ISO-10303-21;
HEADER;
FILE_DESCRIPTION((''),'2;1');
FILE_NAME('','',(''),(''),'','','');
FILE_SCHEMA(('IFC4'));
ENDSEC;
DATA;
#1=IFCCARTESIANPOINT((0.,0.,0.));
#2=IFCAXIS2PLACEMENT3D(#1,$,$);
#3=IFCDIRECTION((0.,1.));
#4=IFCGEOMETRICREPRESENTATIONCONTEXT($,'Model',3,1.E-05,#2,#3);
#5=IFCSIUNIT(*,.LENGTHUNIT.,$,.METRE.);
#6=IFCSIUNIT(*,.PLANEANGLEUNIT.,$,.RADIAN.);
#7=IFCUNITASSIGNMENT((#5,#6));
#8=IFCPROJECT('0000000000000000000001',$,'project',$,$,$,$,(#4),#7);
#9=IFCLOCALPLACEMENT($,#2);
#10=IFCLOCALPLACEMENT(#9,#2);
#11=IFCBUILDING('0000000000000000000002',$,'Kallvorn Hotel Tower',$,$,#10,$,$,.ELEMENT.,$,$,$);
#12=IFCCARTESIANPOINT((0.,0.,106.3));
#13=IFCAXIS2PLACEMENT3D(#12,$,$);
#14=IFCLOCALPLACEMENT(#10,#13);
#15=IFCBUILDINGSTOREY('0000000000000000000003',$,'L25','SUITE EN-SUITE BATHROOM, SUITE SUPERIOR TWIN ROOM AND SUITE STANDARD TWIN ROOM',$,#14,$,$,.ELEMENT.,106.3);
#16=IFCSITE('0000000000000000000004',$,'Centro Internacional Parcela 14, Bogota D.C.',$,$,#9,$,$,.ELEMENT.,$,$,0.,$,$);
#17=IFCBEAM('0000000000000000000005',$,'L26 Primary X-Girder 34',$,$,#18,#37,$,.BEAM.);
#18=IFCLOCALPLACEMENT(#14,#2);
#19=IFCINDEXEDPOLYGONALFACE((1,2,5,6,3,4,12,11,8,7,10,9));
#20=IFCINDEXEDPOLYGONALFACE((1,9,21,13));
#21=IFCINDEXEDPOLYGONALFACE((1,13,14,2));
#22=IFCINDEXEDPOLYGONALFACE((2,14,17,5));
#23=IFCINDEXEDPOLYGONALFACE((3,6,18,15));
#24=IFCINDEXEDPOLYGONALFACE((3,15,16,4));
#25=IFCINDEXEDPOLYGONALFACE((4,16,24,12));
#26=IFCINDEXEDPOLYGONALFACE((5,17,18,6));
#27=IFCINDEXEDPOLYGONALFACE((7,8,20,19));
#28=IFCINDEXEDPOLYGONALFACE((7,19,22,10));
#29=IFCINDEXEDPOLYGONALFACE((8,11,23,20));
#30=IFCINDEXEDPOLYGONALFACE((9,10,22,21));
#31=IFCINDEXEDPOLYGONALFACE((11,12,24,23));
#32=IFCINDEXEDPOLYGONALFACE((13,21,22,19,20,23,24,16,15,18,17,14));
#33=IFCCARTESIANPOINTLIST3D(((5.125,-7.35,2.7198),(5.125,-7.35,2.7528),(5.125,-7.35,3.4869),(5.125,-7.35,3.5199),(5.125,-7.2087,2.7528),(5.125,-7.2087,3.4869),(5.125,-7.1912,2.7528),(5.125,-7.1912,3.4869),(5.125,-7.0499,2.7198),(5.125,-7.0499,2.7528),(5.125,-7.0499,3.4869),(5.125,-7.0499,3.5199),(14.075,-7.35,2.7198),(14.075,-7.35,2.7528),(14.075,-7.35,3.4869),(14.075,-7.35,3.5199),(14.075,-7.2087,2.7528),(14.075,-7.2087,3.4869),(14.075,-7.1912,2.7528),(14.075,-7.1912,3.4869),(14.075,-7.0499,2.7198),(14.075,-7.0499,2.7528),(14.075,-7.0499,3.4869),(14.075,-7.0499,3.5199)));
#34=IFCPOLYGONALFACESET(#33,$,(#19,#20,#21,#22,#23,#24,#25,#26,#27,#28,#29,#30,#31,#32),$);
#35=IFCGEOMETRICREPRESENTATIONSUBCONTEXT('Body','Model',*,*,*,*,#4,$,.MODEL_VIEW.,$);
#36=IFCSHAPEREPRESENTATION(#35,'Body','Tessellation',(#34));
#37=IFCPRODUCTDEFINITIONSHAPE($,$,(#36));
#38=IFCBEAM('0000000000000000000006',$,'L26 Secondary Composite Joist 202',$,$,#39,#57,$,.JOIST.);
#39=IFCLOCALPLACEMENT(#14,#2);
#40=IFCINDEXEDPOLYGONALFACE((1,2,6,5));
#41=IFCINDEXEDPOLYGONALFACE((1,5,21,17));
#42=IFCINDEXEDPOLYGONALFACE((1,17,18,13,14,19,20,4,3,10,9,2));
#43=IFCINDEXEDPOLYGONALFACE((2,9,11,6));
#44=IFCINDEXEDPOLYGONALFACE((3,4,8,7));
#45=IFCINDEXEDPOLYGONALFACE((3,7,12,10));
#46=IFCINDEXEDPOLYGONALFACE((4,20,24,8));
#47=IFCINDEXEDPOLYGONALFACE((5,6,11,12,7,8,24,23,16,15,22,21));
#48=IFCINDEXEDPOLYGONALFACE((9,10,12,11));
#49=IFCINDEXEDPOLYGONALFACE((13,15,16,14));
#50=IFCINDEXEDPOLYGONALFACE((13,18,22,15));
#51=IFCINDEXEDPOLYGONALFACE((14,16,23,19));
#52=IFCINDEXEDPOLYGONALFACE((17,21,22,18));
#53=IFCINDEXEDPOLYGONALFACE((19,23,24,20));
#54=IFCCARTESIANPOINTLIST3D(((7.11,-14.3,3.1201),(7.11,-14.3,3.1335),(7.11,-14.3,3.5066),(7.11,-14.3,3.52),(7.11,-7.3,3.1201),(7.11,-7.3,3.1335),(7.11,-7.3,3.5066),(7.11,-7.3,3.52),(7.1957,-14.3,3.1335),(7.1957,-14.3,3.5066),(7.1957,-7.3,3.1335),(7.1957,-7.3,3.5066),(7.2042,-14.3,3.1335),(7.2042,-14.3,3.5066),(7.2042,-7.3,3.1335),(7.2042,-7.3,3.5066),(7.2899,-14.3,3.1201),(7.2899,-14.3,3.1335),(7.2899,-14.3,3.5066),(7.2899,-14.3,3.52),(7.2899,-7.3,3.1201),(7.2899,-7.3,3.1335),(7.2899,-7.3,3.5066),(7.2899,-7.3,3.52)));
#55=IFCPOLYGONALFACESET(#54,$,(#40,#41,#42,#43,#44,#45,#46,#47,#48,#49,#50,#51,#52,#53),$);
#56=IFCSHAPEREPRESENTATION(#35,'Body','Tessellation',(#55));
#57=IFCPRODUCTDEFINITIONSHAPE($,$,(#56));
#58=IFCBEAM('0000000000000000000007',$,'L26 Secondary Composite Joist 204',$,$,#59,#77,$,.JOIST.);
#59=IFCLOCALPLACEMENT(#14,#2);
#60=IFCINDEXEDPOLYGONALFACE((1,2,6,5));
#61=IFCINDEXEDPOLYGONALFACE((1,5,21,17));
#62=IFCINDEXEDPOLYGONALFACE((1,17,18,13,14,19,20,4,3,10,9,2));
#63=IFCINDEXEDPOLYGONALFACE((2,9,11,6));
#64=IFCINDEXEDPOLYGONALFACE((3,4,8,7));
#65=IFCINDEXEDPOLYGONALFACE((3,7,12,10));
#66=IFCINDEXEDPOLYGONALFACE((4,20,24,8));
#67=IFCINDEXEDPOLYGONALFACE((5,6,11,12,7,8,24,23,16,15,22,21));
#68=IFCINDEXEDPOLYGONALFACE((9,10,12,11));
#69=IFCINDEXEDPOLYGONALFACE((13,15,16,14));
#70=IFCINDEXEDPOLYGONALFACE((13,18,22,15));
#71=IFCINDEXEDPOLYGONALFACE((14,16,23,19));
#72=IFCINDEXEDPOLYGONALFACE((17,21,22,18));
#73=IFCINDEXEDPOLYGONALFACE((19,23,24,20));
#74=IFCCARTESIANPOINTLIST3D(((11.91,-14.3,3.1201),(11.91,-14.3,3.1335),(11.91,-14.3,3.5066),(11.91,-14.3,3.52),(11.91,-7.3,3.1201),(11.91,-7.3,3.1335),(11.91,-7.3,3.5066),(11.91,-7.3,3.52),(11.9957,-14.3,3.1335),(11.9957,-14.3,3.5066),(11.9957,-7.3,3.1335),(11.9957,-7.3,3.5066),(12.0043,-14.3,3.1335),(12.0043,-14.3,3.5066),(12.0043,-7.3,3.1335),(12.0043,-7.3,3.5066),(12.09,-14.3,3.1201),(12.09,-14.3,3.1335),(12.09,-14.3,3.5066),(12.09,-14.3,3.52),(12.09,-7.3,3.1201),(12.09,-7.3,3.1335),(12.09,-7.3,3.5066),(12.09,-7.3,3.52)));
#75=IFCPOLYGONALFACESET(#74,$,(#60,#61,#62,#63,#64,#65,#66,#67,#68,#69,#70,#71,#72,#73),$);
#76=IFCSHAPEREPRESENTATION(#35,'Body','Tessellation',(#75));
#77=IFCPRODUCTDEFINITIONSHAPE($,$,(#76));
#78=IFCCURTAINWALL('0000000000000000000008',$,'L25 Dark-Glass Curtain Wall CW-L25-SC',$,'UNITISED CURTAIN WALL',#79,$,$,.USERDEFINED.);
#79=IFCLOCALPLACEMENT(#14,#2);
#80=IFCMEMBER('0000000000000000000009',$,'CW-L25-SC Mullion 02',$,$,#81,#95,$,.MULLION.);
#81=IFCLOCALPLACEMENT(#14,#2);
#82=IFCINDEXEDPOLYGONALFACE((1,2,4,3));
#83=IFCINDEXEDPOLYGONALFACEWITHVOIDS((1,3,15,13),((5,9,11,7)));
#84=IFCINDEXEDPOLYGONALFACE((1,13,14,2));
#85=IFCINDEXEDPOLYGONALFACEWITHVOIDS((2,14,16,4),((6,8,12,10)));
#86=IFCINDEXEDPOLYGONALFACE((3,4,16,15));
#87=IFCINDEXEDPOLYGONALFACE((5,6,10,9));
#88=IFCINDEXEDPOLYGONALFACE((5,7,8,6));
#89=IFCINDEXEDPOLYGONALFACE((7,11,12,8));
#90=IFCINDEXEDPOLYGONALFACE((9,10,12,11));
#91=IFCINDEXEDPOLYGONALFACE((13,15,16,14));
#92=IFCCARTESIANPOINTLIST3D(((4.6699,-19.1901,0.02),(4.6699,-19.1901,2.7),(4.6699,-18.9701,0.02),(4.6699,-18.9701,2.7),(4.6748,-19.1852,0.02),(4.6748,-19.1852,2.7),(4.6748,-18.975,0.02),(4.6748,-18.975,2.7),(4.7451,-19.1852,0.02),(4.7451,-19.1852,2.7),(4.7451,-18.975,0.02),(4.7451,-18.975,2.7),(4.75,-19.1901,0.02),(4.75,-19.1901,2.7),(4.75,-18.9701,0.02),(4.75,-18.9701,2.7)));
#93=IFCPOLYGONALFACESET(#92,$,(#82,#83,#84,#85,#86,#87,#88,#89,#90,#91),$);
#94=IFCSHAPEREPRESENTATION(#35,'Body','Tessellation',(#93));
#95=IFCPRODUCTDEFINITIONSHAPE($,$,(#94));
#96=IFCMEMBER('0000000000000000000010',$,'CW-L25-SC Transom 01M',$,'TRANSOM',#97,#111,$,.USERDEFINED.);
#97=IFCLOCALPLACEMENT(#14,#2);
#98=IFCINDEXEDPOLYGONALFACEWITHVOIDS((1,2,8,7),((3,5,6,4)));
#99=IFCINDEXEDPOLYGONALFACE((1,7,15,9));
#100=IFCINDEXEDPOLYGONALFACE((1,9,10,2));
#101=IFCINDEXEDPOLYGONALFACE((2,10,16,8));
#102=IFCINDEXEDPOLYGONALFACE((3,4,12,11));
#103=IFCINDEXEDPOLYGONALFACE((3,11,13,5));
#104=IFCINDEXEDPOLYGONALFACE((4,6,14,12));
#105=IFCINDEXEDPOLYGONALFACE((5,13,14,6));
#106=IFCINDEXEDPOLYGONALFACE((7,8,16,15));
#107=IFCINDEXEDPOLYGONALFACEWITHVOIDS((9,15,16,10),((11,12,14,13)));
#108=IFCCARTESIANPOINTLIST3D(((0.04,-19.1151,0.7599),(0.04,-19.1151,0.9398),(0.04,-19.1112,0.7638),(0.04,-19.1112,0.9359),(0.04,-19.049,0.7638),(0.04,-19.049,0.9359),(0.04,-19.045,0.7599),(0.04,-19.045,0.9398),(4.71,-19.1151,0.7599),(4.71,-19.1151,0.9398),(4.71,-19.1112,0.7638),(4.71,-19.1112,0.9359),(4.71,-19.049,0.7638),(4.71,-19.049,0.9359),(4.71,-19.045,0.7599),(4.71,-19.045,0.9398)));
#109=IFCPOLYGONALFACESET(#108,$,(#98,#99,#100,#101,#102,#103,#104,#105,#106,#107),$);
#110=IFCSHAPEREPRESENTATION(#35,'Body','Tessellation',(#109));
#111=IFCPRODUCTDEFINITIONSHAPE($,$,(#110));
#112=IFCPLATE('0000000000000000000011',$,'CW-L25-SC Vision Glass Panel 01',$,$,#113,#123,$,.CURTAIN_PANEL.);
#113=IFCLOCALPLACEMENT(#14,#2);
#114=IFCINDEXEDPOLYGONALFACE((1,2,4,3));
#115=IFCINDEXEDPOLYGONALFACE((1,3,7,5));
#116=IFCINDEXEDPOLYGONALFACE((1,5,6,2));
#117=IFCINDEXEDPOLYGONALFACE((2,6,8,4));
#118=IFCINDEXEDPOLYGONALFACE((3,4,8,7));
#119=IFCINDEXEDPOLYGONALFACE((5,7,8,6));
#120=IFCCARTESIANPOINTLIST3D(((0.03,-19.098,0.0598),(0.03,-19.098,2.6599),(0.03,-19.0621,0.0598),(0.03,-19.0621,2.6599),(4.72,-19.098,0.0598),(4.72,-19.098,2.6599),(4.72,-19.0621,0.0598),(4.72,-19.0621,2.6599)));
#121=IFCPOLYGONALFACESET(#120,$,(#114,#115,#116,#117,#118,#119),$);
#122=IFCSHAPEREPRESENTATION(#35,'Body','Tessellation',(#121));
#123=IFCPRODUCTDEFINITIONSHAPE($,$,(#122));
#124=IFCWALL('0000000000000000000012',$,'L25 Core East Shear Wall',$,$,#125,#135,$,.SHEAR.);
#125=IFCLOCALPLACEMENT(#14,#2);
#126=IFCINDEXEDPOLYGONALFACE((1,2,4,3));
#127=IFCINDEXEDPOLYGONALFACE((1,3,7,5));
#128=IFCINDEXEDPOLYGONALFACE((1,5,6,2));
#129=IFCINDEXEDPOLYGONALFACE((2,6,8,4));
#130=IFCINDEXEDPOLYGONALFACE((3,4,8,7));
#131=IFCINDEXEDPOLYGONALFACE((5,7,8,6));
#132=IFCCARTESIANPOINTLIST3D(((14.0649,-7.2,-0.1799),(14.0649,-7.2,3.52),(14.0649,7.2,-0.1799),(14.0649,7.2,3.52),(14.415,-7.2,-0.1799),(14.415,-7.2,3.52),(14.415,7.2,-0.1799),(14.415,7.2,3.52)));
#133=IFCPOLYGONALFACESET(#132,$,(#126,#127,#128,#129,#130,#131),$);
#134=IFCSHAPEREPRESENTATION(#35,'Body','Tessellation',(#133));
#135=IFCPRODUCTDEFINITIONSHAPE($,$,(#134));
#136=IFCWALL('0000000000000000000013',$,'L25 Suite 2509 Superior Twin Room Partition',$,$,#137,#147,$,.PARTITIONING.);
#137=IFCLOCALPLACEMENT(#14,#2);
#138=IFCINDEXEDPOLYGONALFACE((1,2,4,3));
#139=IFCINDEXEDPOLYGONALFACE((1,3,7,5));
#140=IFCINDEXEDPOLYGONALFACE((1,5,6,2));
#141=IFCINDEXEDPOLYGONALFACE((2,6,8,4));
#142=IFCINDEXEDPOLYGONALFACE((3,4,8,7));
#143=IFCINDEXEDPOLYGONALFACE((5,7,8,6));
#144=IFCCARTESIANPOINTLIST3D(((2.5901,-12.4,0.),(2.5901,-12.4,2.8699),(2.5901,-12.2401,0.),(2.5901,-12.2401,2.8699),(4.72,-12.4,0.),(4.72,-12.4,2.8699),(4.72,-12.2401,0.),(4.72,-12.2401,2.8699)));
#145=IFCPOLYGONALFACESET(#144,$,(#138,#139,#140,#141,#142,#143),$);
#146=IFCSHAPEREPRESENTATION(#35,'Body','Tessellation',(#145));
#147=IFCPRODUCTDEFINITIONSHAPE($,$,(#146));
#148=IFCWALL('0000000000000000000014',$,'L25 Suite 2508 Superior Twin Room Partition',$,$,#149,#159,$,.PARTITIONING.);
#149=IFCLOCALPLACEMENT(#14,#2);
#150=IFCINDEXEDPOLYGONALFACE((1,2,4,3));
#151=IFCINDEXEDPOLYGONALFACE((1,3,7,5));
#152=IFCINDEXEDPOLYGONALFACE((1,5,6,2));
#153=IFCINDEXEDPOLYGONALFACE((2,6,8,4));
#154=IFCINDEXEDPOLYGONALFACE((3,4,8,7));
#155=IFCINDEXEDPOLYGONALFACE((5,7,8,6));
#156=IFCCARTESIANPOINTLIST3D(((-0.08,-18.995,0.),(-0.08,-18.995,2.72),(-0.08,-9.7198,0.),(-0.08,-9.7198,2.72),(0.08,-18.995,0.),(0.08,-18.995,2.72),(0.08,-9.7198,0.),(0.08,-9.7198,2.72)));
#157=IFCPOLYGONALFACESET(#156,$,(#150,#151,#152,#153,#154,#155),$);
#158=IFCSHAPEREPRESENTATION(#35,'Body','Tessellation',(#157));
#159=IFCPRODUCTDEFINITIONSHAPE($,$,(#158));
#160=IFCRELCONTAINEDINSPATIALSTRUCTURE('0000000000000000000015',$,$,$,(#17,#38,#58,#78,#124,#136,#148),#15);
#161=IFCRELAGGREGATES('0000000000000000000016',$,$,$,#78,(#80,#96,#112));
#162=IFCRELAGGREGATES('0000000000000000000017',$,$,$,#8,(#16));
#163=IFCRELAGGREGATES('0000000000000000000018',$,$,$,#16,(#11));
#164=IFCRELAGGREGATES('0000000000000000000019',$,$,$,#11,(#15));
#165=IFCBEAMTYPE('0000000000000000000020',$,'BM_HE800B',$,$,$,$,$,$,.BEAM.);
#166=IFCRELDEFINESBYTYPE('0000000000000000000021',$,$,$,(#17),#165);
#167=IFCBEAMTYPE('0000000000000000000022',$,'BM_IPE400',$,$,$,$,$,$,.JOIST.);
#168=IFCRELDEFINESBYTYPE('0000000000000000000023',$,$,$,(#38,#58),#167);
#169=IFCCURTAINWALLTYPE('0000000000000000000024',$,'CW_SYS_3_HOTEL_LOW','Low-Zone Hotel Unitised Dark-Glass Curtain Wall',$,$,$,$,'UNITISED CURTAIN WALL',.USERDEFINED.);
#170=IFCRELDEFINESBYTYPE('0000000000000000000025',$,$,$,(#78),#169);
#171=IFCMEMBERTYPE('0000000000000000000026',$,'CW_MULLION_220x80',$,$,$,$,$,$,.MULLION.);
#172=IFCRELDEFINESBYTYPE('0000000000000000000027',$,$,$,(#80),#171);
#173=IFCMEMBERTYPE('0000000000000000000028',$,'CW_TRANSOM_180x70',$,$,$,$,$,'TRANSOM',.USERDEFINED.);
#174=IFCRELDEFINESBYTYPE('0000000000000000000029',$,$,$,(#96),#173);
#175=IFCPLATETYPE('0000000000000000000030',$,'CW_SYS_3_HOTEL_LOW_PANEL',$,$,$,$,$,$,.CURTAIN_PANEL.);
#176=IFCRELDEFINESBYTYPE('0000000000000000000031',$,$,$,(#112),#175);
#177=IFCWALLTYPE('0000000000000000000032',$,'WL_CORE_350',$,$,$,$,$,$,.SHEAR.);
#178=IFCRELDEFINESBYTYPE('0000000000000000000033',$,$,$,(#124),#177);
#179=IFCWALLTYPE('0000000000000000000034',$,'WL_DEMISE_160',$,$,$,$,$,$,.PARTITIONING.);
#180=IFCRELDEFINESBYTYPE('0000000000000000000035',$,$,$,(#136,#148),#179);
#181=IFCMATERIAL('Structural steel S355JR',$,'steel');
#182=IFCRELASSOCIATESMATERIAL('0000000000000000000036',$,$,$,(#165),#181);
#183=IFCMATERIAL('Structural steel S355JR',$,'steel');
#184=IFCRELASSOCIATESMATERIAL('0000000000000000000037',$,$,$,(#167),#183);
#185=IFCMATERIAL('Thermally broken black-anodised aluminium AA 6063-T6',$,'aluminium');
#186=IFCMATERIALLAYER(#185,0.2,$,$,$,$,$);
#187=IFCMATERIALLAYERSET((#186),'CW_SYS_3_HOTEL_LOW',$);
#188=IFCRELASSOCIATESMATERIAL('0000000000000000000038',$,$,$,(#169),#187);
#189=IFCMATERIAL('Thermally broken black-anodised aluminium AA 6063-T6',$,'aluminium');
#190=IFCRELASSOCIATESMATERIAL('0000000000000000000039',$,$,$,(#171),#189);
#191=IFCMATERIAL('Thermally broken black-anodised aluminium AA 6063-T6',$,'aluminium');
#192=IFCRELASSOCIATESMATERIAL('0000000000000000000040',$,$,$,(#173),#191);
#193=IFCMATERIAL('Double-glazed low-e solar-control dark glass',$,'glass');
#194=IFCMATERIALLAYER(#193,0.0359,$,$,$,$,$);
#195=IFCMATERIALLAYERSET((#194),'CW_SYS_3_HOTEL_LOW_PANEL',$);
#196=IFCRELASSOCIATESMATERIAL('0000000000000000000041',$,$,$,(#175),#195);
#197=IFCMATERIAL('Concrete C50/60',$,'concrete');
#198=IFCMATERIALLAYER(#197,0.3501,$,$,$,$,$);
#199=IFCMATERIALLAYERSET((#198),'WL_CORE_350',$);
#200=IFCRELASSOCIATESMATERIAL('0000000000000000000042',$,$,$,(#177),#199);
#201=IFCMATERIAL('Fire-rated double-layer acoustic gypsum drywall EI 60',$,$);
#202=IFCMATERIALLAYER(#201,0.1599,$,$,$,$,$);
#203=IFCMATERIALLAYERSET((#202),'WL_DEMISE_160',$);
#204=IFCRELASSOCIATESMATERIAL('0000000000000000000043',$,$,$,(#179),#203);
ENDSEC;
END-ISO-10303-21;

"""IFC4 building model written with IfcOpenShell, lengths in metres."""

from ifc_helpers import new_model, si_unit, direction, frame, frame_2d, origin, origin_2d, place, context, subcontext, project, spatial, rectangle, hollow_rectangle, i_section, extrude, material, layer, layer_set, material_profile, profile_set, type_object, element, aggregate, save


model = new_model("IFC4")

# Units and contexts
model_context = context("Model", 3, precision=1e-05, world=origin(), true_north=direction((0.0, 1.0)))
body_context = subcontext(model_context, "Body", "Model", "MODEL_VIEW")
ifc_project = project(units=[si_unit("LENGTHUNIT", "METRE"), si_unit("PLANEANGLEUNIT", "RADIAN")], contexts=[model_context])

# Site, building, storey
site_placement = place(None, origin())
site = spatial("IfcSite", under=ifc_project, at=site_placement, Name="Centro Internacional Parcela 14, Bogota D.C.", CompositionType="ELEMENT", RefElevation=0.0)
building_placement = place(site_placement, origin())
building = spatial("IfcBuilding", under=site, at=building_placement, Name="Kallvorn Hotel Tower", CompositionType="ELEMENT")
storey_placement = place(building_placement, frame((0.0, 0.0, 106.3)))
storey = spatial("IfcBuildingStorey", under=building, at=storey_placement, Name="L25", Description="SUITE EN-SUITE BATHROOM, SUITE SUPERIOR TWIN ROOM AND SUITE STANDARD TWIN ROOM", CompositionType="ELEMENT", Elevation=106.3)

# Beams
ifc_material_1 = material(Name="Structural steel S355JR", Category="steel")
ifc_material_profile_1 = material_profile(ifc_material_1, i_section(OverallWidth=0.3, OverallDepth=0.8, WebThickness=0.0176, FlangeThickness=0.033, at=origin_2d()), Name="HE 800 B")
ifc_profile_set_1 = profile_set([ifc_material_profile_1], Name="Structural steel S355JR")
beam_type_1 = type_object("IfcBeamType", Name="BM_HE800B", PredefinedType="BEAM", material=ifc_profile_set_1)
beam_1_placement = place(storey_placement, frame((5.125, -7.2, 3.1199), z_axis=(1.0, 0.0, 0.0), x_axis=(0.0, 1.0, 0.0)))
element("IfcBeam", 1, at=beam_1_placement, inside=storey, type_object=beam_type_1, Name="L26 Primary X-Girder 34", PredefinedType="BEAM", context=body_context, shape_type="SweptSolid", body=[
    extrude(i_section(OverallWidth=0.3, OverallDepth=0.8, WebThickness=0.0176, FlangeThickness=0.033, at=origin_2d()), origin(), (0.0, 0.0, 1.0), 8.95),
])
ifc_material_2 = material(Name="Structural steel S355JR", Category="steel")
ifc_material_profile_2 = material_profile(ifc_material_2, i_section(OverallWidth=0.1799, OverallDepth=0.3999, WebThickness=0.0085, FlangeThickness=0.0134, at=origin_2d()), Name="IPE 400")
ifc_profile_set_2 = profile_set([ifc_material_profile_2], Name="Structural steel S355JR")
beam_type_2 = type_object("IfcBeamType", Name="BM_IPE400", PredefinedType="JOIST", material=ifc_profile_set_2)
for number, where, z_axis, x_axis, name in (
    (2, (7.2, -14.3, 3.3201), (0.0, 1.0, 0.0), (-1.0, 0.0, 0.0), "L26 Secondary Composite Joist 202"),
    (3, (12.0, -14.3, 3.3201), (0.0, 1.0, 0.0), (-1.0, 0.0, 0.0), "L26 Secondary Composite Joist 204"),
):
    element("IfcBeam", number, at=place(storey_placement, frame(where, z_axis=z_axis, x_axis=x_axis)), inside=storey, type_object=beam_type_2, Name=name, PredefinedType="JOIST", context=body_context, shape_type="SweptSolid", body=[
        extrude(i_section(OverallWidth=0.1799, OverallDepth=0.3999, WebThickness=0.0085, FlangeThickness=0.0134, at=origin_2d()), origin(), (0.0, 0.0, 1.0), 7.0),
    ])

# Curtain wall, members, plate
ifc_material_3 = material(Name="Thermally broken black-anodised aluminium AA 6063-T6", Category="aluminium")
ifc_layer_1 = layer(ifc_material_3, 0.2)
ifc_layer_set_1 = layer_set([ifc_layer_1], Name="CW_SYS_3_HOTEL_LOW")
curtain_wall_type = type_object("IfcCurtainWallType", Name="CW_SYS_3_HOTEL_LOW", Description="Low-Zone Hotel Unitised Dark-Glass Curtain Wall", ElementType="UNITISED CURTAIN WALL", PredefinedType="USERDEFINED", material=ifc_layer_set_1)
curtain_wall_placement = place(storey_placement, origin())
curtain_wall = element("IfcCurtainWall", 4, at=curtain_wall_placement, inside=storey, type_object=curtain_wall_type, Name="L25 Dark-Glass Curtain Wall CW-L25-SC", ObjectType="UNITISED CURTAIN WALL", PredefinedType="USERDEFINED")
ifc_material_4 = material(Name="Thermally broken black-anodised aluminium AA 6063-T6", Category="aluminium")
ifc_material_profile_3 = material_profile(ifc_material_4, hollow_rectangle(XDim=0.0801, YDim=0.22, WallThickness=0.0049, at=origin_2d()), Name="MUL 220x80")
ifc_profile_set_3 = profile_set([ifc_material_profile_3], Name="Thermally broken black-anodised aluminium AA 6063-T6")
member_type_1 = type_object("IfcMemberType", Name="CW_MULLION_220x80", PredefinedType="MULLION", material=ifc_profile_set_3)
member_1_placement = place(storey_placement, frame((4.71, -19.0801, 0.02), z_axis=(0.0, 0.0, 1.0), x_axis=(1.0, 0.0, 0.0)))
member_1 = element("IfcMember", 5, at=member_1_placement, type_object=member_type_1, Name="CW-L25-SC Mullion 02", PredefinedType="MULLION", context=body_context, shape_type="SweptSolid", body=[
    extrude(hollow_rectangle(XDim=0.0801, YDim=0.22, WallThickness=0.0049, at=origin_2d()), origin(), (0.0, 0.0, 1.0), 2.6799),
])
ifc_material_5 = material(Name="Thermally broken black-anodised aluminium AA 6063-T6", Category="aluminium")
ifc_material_profile_4 = material_profile(ifc_material_5, hollow_rectangle(XDim=0.0701, YDim=0.1799, WallThickness=0.0039, at=origin_2d()), Name="TRN 180x70")
ifc_profile_set_4 = profile_set([ifc_material_profile_4], Name="Thermally broken black-anodised aluminium AA 6063-T6")
member_type_2 = type_object("IfcMemberType", Name="CW_TRANSOM_180x70", ElementType="TRANSOM", PredefinedType="USERDEFINED", material=ifc_profile_set_4)
member_2_placement = place(storey_placement, frame((0.04, -19.0801, 0.8499), z_axis=(1.0, 0.0, 0.0), x_axis=(0.0, 1.0, 0.0)))
member_2 = element("IfcMember", 6, at=member_2_placement, type_object=member_type_2, Name="CW-L25-SC Transom 01M", ObjectType="TRANSOM", PredefinedType="USERDEFINED", context=body_context, shape_type="SweptSolid", body=[
    extrude(hollow_rectangle(XDim=0.0701, YDim=0.1799, WallThickness=0.0039, at=origin_2d()), origin(), (0.0, 0.0, 1.0), 4.6699),
])
ifc_material_6 = material(Name="Double-glazed low-e solar-control dark glass", Category="glass")
ifc_layer_2 = layer(ifc_material_6, 0.0359)
ifc_layer_set_2 = layer_set([ifc_layer_2], Name="CW_SYS_3_HOTEL_LOW_PANEL")
plate_type = type_object("IfcPlateType", Name="CW_SYS_3_HOTEL_LOW_PANEL", PredefinedType="CURTAIN_PANEL", material=ifc_layer_set_2)
plate_placement = place(storey_placement, frame((2.375, -19.0801, 0.0598), z_axis=(0.0, 0.0, 1.0), x_axis=(1.0, 0.0, 0.0)))
plate = element("IfcPlate", 7, at=plate_placement, type_object=plate_type, Name="CW-L25-SC Vision Glass Panel 01", PredefinedType="CURTAIN_PANEL", context=body_context, shape_type="SweptSolid", body=[
    extrude(rectangle(XDim=4.6899, YDim=0.0359, at=origin_2d()), origin(), (0.0, 0.0, 1.0), 2.6001),
])
aggregate(curtain_wall, [member_1, member_2, plate])

# Walls
ifc_material_7 = material(Name="Concrete C50/60", Category="concrete")
ifc_layer_3 = layer(ifc_material_7, 0.3501)
ifc_layer_set_3 = layer_set([ifc_layer_3], Name="WL_CORE_350")
wall_type_1 = type_object("IfcWallType", Name="WL_CORE_350", PredefinedType="SHEAR", material=ifc_layer_set_3)
wall_1_placement = place(storey_placement, frame((14.24, -7.2, -0.1799), z_axis=(0.0, 0.0, 1.0), x_axis=(0.0, 1.0, 0.0)))
element("IfcWall", 8, at=wall_1_placement, inside=storey, type_object=wall_type_1, Name="L25 Core East Shear Wall", PredefinedType="SHEAR", context=body_context, shape_type="SweptSolid", body=[
    extrude(rectangle(XDim=14.3999, YDim=0.3501, at=frame_2d((7.2, 0.0))), origin(), (0.0, 0.0, 1.0), 3.7),
])
ifc_material_8 = material(Name="Fire-rated double-layer acoustic gypsum drywall EI 60")
ifc_layer_4 = layer(ifc_material_8, 0.1599)
ifc_layer_set_4 = layer_set([ifc_layer_4], Name="WL_DEMISE_160")
wall_type_2 = type_object("IfcWallType", Name="WL_DEMISE_160", PredefinedType="PARTITIONING", material=ifc_layer_set_4)
wall_2_placement = place(storey_placement, frame((2.5901, -12.3201, 0.0), z_axis=(0.0, 0.0, 1.0), x_axis=(1.0, 0.0, 0.0)))
element("IfcWall", 9, at=wall_2_placement, inside=storey, type_object=wall_type_2, Name="L25 Suite 2509 Superior Twin Room Partition", PredefinedType="PARTITIONING", context=body_context, shape_type="SweptSolid", body=[
    extrude(rectangle(XDim=2.1299, YDim=0.1599, at=frame_2d((1.0649, 0.0))), origin(), (0.0, 0.0, 1.0), 2.8699),
])
wall_3_placement = place(storey_placement, frame((0.0, -18.9951, 0.0), z_axis=(0.0, 0.0, 1.0), x_axis=(0.0, 1.0, 0.0)))
element("IfcWall", 10, at=wall_3_placement, inside=storey, type_object=wall_type_2, Name="L25 Suite 2508 Superior Twin Room Partition", PredefinedType="PARTITIONING", context=body_context, shape_type="SweptSolid", body=[
    extrude(rectangle(XDim=9.2751, YDim=0.1599, at=frame_2d((4.6377, 0.0))), origin(), (0.0, 0.0, 1.0), 2.72),
])

save(model, "model.ifc")
